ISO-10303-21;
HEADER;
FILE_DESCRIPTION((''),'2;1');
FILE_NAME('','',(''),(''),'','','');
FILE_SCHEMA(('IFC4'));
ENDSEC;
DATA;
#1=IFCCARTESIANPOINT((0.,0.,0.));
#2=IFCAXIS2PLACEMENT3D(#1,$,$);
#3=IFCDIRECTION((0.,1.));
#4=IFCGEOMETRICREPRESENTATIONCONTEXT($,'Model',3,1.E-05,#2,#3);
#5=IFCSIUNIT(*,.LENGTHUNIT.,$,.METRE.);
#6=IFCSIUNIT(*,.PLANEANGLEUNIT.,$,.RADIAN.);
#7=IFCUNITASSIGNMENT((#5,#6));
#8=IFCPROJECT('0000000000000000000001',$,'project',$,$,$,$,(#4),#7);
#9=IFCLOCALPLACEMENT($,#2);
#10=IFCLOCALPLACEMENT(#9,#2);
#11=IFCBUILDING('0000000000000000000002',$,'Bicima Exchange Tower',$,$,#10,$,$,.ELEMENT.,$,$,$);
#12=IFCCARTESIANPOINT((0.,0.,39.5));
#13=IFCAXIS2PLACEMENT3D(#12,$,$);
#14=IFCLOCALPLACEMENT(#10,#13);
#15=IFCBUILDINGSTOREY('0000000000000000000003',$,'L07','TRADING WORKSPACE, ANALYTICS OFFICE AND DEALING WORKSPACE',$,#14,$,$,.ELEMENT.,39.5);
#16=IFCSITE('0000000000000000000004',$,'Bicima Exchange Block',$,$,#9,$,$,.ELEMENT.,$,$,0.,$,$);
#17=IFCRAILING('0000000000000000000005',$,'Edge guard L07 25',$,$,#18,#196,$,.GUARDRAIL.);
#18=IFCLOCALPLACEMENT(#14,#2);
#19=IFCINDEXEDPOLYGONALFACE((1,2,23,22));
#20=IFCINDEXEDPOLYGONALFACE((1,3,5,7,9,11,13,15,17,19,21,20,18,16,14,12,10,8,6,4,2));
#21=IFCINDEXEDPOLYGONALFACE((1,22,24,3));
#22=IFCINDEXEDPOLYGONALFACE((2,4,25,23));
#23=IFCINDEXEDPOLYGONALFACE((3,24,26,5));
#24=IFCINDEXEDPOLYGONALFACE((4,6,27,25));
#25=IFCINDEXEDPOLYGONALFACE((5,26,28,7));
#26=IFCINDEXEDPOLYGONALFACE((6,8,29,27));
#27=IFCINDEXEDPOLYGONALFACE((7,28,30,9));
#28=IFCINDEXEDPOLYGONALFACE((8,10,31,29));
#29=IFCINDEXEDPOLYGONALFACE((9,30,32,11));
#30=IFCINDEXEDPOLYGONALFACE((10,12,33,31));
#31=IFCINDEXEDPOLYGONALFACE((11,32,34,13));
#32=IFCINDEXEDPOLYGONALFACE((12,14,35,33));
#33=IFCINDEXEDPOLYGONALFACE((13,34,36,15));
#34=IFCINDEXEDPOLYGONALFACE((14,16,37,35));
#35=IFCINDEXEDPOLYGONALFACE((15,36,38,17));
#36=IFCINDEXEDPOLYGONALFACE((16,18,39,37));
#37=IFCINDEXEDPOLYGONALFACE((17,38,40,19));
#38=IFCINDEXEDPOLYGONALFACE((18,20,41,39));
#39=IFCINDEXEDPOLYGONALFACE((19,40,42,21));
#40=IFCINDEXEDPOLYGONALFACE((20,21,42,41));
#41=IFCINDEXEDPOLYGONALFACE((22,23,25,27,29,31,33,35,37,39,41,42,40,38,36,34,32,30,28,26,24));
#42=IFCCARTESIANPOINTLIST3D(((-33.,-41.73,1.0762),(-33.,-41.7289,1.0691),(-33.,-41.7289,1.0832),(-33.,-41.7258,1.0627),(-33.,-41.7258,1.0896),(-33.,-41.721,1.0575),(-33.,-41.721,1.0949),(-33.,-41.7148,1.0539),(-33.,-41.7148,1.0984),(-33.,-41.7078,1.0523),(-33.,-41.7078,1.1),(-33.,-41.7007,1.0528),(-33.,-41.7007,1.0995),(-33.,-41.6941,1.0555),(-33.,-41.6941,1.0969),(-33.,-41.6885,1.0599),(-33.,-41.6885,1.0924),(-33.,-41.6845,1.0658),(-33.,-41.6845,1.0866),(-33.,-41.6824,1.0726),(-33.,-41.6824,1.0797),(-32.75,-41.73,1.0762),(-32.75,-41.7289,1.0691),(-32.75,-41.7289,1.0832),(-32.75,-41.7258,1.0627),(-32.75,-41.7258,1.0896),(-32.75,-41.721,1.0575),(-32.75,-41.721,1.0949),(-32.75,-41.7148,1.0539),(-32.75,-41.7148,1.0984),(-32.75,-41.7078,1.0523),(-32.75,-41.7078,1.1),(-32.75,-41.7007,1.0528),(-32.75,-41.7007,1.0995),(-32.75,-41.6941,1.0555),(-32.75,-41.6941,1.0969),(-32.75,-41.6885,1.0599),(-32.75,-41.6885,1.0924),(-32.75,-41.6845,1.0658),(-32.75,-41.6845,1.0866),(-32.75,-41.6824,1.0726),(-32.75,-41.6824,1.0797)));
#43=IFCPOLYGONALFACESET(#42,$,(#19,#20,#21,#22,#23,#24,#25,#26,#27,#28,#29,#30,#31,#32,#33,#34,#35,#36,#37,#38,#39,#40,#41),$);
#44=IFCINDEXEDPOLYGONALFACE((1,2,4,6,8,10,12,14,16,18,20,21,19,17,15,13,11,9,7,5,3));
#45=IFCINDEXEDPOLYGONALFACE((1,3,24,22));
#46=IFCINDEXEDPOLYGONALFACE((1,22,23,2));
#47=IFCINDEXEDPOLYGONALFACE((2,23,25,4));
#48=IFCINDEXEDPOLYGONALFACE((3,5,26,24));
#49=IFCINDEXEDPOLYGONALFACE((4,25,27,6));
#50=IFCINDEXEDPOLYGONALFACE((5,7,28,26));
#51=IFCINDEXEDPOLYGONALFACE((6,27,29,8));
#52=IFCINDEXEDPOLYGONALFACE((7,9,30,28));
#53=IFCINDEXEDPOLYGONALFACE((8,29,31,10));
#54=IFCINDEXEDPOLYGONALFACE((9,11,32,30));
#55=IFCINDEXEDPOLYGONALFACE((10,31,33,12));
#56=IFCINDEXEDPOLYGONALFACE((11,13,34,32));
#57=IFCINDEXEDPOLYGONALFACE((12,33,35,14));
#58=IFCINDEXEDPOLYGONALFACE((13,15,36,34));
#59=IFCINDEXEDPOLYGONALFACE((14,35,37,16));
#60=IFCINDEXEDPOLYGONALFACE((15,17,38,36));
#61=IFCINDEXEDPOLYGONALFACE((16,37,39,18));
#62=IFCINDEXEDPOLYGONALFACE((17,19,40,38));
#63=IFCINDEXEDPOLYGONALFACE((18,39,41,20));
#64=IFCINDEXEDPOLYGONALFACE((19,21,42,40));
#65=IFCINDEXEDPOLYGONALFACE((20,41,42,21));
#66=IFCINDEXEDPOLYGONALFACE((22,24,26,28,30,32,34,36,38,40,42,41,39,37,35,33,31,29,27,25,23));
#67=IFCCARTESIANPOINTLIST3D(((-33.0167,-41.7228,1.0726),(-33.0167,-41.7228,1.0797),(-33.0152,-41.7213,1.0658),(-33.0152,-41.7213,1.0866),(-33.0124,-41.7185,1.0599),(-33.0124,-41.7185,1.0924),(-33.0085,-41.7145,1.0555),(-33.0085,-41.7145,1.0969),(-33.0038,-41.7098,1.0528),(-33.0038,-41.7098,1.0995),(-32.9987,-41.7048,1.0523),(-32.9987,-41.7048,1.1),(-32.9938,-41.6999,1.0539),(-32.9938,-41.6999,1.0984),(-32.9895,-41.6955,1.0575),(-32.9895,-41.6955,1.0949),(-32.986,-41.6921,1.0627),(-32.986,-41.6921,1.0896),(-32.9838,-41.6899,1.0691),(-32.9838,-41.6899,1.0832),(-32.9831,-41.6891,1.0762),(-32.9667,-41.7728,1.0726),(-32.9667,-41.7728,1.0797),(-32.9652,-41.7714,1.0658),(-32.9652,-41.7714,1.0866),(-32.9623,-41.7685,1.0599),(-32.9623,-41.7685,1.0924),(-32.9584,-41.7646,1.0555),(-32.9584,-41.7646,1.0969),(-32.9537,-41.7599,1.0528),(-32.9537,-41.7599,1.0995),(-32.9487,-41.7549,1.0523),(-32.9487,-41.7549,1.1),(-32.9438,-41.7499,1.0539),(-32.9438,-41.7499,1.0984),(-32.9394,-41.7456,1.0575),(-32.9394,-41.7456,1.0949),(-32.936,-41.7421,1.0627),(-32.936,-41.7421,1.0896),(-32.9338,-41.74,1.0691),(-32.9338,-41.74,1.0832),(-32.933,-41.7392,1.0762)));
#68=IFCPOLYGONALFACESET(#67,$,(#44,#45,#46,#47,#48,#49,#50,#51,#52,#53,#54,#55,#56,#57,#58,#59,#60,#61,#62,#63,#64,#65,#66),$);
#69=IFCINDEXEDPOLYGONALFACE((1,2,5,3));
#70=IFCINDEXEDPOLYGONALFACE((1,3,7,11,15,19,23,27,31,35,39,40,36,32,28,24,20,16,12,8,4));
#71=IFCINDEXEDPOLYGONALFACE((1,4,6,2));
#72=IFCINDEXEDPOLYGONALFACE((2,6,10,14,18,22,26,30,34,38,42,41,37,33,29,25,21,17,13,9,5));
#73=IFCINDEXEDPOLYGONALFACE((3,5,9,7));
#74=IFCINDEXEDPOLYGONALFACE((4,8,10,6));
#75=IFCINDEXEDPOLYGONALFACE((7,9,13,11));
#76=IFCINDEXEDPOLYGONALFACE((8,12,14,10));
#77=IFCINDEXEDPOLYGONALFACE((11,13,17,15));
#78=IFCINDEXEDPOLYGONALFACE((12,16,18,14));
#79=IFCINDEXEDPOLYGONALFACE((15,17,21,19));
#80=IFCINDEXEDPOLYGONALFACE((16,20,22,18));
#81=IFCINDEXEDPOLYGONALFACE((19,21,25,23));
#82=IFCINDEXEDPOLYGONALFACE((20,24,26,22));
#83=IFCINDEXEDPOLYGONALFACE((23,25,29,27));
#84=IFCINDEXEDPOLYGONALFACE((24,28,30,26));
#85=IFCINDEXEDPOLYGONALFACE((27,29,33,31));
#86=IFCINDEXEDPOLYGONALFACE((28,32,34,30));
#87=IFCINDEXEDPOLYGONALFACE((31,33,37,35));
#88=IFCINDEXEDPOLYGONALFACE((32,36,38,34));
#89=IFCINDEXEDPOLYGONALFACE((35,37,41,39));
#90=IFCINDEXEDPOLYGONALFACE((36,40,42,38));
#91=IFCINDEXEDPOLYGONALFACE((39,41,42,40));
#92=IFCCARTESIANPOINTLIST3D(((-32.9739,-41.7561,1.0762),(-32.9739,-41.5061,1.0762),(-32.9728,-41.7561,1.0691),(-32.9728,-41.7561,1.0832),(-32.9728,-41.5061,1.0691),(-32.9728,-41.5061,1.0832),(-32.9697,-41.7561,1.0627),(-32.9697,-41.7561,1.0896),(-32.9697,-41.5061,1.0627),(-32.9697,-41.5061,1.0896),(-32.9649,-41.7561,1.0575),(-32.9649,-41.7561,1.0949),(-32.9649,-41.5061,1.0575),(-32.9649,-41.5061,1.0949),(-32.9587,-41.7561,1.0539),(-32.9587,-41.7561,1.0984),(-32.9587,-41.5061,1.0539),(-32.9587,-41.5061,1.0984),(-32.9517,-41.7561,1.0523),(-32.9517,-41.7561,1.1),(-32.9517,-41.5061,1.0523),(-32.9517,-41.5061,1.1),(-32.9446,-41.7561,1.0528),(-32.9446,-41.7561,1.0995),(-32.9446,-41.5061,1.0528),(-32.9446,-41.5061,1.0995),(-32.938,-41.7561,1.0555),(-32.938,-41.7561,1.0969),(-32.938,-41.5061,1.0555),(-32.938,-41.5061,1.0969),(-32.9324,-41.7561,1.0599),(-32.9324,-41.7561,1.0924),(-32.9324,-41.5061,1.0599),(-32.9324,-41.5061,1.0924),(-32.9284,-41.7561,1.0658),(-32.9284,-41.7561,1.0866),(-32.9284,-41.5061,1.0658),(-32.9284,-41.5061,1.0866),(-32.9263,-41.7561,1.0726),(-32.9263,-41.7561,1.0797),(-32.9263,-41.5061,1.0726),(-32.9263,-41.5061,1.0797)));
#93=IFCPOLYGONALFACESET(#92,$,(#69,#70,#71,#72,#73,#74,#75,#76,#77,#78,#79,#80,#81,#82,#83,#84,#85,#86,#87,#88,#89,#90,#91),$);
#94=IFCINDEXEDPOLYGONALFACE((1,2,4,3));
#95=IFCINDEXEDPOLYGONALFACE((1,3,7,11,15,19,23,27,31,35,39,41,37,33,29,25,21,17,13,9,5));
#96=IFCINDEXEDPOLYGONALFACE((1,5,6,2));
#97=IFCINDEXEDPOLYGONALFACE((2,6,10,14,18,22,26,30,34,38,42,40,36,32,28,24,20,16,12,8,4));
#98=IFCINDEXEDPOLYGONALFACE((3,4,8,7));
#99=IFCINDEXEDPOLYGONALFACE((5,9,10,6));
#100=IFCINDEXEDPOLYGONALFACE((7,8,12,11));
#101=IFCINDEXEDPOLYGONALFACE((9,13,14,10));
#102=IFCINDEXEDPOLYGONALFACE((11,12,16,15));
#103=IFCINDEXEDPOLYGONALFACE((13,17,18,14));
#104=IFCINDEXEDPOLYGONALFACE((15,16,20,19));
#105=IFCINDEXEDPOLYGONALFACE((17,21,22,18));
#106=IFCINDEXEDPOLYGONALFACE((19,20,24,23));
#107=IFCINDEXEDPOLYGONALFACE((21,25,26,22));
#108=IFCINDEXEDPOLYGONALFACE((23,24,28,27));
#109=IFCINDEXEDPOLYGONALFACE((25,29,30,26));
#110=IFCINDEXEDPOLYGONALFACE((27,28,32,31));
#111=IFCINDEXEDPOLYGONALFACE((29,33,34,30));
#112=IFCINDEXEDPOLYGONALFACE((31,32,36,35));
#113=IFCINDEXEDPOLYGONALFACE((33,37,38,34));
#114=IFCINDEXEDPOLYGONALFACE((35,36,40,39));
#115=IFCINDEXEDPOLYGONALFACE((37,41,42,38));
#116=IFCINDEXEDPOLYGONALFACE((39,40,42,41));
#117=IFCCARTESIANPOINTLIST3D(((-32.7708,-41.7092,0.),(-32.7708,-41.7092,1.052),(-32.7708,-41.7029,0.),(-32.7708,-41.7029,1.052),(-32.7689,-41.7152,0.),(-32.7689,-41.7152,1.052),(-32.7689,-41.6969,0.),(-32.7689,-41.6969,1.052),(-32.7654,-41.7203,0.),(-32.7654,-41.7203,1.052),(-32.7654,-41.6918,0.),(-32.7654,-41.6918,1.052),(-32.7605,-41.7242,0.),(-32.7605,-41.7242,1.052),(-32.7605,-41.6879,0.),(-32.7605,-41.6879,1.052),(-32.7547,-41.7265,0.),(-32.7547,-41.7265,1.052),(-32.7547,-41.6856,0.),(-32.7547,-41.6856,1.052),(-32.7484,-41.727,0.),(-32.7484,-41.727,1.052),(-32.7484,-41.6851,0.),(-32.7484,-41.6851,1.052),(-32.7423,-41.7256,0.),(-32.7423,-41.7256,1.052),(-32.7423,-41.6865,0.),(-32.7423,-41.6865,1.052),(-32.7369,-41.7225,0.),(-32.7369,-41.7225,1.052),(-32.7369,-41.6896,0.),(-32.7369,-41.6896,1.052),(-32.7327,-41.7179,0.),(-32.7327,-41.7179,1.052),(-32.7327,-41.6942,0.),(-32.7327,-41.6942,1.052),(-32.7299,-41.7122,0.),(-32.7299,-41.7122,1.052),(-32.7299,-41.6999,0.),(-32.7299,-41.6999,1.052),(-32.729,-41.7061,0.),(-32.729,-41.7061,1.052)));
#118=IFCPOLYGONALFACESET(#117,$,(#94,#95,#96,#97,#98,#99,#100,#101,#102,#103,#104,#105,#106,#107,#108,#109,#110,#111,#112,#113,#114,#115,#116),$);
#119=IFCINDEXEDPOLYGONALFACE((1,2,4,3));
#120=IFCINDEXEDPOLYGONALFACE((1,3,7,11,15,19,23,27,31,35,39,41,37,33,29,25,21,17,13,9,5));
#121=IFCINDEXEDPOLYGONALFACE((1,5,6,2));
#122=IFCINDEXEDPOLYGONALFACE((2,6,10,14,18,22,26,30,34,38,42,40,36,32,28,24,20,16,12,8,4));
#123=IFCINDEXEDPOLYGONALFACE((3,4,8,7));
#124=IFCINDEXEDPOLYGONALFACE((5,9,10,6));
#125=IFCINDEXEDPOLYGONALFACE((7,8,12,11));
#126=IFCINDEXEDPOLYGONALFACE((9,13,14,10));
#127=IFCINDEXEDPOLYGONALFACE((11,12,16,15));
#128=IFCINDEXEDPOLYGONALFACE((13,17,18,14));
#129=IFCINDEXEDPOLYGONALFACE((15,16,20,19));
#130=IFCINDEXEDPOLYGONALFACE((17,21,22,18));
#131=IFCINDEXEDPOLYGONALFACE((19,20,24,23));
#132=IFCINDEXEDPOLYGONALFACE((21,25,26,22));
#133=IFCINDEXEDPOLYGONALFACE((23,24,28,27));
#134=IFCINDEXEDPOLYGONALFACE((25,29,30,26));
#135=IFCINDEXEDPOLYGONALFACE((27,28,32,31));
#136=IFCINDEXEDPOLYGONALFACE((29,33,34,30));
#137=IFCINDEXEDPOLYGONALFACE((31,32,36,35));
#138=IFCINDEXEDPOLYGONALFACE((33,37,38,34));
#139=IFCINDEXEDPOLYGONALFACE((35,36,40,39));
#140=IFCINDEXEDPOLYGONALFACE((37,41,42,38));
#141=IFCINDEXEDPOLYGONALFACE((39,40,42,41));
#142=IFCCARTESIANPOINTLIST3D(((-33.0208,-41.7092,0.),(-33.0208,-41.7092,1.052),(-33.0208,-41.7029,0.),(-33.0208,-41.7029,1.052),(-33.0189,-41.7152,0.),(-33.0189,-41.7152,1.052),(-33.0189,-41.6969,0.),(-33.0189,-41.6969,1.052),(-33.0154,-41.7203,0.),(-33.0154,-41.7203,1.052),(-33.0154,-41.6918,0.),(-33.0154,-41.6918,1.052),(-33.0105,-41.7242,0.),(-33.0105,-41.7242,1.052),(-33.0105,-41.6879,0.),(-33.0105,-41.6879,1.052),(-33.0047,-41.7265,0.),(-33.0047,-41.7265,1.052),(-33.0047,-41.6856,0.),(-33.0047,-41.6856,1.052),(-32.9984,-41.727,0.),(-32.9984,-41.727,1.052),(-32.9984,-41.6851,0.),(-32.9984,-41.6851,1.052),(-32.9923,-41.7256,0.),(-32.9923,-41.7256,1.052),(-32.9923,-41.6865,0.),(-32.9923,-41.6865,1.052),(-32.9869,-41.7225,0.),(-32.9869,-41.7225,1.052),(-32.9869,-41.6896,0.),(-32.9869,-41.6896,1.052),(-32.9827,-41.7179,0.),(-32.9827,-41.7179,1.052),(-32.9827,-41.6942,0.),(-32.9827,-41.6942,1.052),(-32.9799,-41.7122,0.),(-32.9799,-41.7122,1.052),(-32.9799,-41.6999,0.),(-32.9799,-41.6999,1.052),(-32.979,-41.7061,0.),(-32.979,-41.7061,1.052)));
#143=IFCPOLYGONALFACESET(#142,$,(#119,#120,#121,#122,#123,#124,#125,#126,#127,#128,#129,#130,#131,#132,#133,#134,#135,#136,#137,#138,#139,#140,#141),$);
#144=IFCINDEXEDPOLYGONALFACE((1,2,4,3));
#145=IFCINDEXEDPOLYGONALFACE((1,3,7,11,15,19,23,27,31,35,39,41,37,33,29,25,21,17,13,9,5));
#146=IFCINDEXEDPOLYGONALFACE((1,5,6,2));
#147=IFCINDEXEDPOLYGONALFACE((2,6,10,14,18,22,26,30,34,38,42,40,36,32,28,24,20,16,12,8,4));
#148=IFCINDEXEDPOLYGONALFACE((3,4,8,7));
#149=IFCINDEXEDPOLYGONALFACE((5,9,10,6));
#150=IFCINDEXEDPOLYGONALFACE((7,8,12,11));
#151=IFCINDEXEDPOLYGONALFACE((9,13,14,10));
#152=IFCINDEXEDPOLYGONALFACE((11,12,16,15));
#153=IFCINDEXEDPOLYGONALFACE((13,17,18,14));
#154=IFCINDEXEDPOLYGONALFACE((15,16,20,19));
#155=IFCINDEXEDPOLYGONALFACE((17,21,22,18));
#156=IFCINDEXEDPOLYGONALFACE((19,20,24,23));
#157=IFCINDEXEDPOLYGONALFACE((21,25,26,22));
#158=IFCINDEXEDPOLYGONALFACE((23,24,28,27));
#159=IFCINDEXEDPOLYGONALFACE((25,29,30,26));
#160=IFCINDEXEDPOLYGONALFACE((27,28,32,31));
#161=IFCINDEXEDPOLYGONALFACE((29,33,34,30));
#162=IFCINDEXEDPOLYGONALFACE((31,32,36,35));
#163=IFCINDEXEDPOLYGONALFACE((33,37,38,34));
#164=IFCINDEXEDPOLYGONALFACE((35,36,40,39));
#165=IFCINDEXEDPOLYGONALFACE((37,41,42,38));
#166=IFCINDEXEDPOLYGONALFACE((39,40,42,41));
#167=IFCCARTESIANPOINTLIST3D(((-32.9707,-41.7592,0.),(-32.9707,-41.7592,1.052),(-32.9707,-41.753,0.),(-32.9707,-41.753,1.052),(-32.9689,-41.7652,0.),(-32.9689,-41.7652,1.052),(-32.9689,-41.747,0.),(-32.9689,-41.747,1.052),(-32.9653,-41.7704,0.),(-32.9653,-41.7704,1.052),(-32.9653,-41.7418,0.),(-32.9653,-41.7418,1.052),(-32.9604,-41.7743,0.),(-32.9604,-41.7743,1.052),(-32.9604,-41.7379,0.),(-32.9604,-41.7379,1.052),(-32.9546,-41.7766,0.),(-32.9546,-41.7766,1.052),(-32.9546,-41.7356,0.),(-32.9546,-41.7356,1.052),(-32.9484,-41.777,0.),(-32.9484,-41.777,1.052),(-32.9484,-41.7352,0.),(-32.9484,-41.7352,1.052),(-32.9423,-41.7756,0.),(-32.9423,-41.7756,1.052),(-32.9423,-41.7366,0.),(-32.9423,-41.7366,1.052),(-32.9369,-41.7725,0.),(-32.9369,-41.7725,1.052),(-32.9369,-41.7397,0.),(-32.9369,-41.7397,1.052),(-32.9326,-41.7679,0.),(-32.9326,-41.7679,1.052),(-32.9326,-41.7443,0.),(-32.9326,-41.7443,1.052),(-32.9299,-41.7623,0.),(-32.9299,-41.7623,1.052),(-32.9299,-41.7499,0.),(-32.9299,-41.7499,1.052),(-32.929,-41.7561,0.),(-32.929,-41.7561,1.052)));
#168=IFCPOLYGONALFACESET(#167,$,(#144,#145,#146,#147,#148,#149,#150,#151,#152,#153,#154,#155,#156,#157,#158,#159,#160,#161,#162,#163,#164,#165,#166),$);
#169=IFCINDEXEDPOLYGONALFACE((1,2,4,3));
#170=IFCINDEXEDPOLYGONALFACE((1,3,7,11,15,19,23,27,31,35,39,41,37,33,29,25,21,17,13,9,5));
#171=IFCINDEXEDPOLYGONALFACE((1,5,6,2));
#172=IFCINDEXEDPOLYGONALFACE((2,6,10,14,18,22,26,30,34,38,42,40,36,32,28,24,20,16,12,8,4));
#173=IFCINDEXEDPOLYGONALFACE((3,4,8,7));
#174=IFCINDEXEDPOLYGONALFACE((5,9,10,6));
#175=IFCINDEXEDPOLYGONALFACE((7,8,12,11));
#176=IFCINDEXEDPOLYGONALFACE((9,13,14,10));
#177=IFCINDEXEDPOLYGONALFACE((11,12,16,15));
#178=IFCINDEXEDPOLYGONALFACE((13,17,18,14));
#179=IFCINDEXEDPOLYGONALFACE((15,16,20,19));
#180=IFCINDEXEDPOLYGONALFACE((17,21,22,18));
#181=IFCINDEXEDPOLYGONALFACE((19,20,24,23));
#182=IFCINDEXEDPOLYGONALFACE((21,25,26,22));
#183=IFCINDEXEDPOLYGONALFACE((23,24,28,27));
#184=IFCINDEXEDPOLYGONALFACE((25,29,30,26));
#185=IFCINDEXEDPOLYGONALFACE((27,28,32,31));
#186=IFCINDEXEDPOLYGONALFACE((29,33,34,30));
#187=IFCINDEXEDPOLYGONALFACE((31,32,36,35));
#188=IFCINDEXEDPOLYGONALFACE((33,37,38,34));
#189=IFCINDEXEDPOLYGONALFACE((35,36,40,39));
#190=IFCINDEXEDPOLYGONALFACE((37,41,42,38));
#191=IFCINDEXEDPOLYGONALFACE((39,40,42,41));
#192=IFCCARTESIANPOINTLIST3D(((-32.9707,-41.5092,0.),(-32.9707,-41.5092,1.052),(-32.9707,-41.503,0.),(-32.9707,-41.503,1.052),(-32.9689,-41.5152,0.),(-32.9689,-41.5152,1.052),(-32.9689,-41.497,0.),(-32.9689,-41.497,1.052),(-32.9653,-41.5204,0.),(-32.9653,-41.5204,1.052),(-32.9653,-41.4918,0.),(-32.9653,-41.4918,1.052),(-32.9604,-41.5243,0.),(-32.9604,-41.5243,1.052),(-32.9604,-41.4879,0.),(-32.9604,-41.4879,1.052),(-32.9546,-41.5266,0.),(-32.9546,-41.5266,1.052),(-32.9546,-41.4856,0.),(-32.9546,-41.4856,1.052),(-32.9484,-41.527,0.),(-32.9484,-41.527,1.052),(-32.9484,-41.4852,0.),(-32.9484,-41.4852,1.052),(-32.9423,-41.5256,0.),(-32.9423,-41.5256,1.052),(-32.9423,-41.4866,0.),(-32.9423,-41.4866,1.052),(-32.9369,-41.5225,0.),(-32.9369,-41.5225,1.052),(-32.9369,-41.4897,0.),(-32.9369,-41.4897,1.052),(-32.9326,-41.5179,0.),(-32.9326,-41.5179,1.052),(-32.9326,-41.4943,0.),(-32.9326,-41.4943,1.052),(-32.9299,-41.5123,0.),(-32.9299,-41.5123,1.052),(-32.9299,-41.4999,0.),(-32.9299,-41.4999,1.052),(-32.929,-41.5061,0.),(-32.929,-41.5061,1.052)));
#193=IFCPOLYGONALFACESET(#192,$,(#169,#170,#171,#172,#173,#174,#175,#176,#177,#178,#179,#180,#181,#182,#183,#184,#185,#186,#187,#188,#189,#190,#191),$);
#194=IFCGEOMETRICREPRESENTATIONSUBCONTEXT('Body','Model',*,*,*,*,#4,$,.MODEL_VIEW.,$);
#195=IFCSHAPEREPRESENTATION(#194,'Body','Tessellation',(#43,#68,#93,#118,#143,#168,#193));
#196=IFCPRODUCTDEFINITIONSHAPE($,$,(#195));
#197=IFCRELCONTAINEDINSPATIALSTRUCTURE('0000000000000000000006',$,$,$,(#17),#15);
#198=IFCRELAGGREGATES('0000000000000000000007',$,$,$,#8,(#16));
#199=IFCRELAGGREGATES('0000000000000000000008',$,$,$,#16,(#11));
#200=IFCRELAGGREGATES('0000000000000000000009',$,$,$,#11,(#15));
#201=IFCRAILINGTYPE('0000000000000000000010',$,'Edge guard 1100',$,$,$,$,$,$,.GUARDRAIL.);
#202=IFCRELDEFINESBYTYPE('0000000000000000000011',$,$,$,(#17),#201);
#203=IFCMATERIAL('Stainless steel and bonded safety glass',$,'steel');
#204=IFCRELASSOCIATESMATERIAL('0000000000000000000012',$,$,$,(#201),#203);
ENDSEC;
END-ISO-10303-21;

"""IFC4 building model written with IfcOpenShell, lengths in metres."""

from ifc_helpers import new_model, si_unit, direction, frame, origin, origin_2d, place, context, subcontext, project, spatial, circle, extrude, material, type_object, element, save


model = new_model("IFC4")

# Units and contexts
model_context = context("Model", 3, precision=1e-05, world=origin(), true_north=direction((0.0, 1.0)))
body_context = subcontext(model_context, "Body", "Model", "MODEL_VIEW")
ifc_project = project(units=[si_unit("LENGTHUNIT", "METRE"), si_unit("PLANEANGLEUNIT", "RADIAN")], contexts=[model_context])

# Site, building, storey
site_placement = place(None, origin())
site = spatial("IfcSite", under=ifc_project, at=site_placement, Name="Bicima Exchange Block", CompositionType="ELEMENT", RefElevation=0.0)
building_placement = place(site_placement, origin())
building = spatial("IfcBuilding", under=site, at=building_placement, Name="Bicima Exchange Tower", CompositionType="ELEMENT")
storey_placement = place(building_placement, frame((0.0, 0.0, 39.5)))
storey = spatial("IfcBuildingStorey", under=building, at=storey_placement, Name="L07", Description="TRADING WORKSPACE, ANALYTICS OFFICE AND DEALING WORKSPACE", CompositionType="ELEMENT", Elevation=39.5)

# Railing
ifc_material_1 = material(Name="Stainless steel and bonded safety glass", Category="steel")
railing_type = type_object("IfcRailingType", Name="Edge guard 1100", PredefinedType="GUARDRAIL", material=ifc_material_1)
railing_1_placement = place(storey_placement, frame((-32.75, -41.7061, 0.0)))
element("IfcRailing", 1, at=railing_1_placement, inside=storey, type_object=railing_type, Name="Edge guard L07 25", PredefinedType="GUARDRAIL", context=body_context, shape_type="SweptSolid", body=[
    extrude(circle(Radius=0.0239, at=origin_2d()), frame((0.0, 0.0, 1.0762), z_axis=(-1.0, 0.0, 0.0), x_axis=(0.0, -1.0, 0.0)), (0.0, 0.0, 1.0), 0.25),
    extrude(circle(Radius=0.0239, at=origin_2d()), frame((-0.25, 0.0, 1.0762), z_axis=(0.707107, -0.707107, 0.0), x_axis=(0.707107, 0.707107, 0.0)), (0.0, 0.0, 1.0), 0.0708),
    extrude(circle(Radius=0.0239, at=origin_2d()), frame((-0.2, -0.05, 1.0762), z_axis=(0.0, 1.0, 0.0), x_axis=(-1.0, 0.0, 0.0)), (0.0, 0.0, 1.0), 0.25),
    extrude(circle(Radius=0.021, at=origin_2d()), origin(), (0.0, 0.0, 1.0), 1.052),
    extrude(circle(Radius=0.021, at=origin_2d()), frame((-0.25, 0.0, 0.0)), (0.0, 0.0, 1.0), 1.052),
    extrude(circle(Radius=0.021, at=origin_2d()), frame((-0.2, -0.05, 0.0)), (0.0, 0.0, 1.0), 1.052),
    extrude(circle(Radius=0.021, at=origin_2d()), frame((-0.2, 0.2, 0.0)), (0.0, 0.0, 1.0), 1.052),
])

save(model, "model.ifc")
